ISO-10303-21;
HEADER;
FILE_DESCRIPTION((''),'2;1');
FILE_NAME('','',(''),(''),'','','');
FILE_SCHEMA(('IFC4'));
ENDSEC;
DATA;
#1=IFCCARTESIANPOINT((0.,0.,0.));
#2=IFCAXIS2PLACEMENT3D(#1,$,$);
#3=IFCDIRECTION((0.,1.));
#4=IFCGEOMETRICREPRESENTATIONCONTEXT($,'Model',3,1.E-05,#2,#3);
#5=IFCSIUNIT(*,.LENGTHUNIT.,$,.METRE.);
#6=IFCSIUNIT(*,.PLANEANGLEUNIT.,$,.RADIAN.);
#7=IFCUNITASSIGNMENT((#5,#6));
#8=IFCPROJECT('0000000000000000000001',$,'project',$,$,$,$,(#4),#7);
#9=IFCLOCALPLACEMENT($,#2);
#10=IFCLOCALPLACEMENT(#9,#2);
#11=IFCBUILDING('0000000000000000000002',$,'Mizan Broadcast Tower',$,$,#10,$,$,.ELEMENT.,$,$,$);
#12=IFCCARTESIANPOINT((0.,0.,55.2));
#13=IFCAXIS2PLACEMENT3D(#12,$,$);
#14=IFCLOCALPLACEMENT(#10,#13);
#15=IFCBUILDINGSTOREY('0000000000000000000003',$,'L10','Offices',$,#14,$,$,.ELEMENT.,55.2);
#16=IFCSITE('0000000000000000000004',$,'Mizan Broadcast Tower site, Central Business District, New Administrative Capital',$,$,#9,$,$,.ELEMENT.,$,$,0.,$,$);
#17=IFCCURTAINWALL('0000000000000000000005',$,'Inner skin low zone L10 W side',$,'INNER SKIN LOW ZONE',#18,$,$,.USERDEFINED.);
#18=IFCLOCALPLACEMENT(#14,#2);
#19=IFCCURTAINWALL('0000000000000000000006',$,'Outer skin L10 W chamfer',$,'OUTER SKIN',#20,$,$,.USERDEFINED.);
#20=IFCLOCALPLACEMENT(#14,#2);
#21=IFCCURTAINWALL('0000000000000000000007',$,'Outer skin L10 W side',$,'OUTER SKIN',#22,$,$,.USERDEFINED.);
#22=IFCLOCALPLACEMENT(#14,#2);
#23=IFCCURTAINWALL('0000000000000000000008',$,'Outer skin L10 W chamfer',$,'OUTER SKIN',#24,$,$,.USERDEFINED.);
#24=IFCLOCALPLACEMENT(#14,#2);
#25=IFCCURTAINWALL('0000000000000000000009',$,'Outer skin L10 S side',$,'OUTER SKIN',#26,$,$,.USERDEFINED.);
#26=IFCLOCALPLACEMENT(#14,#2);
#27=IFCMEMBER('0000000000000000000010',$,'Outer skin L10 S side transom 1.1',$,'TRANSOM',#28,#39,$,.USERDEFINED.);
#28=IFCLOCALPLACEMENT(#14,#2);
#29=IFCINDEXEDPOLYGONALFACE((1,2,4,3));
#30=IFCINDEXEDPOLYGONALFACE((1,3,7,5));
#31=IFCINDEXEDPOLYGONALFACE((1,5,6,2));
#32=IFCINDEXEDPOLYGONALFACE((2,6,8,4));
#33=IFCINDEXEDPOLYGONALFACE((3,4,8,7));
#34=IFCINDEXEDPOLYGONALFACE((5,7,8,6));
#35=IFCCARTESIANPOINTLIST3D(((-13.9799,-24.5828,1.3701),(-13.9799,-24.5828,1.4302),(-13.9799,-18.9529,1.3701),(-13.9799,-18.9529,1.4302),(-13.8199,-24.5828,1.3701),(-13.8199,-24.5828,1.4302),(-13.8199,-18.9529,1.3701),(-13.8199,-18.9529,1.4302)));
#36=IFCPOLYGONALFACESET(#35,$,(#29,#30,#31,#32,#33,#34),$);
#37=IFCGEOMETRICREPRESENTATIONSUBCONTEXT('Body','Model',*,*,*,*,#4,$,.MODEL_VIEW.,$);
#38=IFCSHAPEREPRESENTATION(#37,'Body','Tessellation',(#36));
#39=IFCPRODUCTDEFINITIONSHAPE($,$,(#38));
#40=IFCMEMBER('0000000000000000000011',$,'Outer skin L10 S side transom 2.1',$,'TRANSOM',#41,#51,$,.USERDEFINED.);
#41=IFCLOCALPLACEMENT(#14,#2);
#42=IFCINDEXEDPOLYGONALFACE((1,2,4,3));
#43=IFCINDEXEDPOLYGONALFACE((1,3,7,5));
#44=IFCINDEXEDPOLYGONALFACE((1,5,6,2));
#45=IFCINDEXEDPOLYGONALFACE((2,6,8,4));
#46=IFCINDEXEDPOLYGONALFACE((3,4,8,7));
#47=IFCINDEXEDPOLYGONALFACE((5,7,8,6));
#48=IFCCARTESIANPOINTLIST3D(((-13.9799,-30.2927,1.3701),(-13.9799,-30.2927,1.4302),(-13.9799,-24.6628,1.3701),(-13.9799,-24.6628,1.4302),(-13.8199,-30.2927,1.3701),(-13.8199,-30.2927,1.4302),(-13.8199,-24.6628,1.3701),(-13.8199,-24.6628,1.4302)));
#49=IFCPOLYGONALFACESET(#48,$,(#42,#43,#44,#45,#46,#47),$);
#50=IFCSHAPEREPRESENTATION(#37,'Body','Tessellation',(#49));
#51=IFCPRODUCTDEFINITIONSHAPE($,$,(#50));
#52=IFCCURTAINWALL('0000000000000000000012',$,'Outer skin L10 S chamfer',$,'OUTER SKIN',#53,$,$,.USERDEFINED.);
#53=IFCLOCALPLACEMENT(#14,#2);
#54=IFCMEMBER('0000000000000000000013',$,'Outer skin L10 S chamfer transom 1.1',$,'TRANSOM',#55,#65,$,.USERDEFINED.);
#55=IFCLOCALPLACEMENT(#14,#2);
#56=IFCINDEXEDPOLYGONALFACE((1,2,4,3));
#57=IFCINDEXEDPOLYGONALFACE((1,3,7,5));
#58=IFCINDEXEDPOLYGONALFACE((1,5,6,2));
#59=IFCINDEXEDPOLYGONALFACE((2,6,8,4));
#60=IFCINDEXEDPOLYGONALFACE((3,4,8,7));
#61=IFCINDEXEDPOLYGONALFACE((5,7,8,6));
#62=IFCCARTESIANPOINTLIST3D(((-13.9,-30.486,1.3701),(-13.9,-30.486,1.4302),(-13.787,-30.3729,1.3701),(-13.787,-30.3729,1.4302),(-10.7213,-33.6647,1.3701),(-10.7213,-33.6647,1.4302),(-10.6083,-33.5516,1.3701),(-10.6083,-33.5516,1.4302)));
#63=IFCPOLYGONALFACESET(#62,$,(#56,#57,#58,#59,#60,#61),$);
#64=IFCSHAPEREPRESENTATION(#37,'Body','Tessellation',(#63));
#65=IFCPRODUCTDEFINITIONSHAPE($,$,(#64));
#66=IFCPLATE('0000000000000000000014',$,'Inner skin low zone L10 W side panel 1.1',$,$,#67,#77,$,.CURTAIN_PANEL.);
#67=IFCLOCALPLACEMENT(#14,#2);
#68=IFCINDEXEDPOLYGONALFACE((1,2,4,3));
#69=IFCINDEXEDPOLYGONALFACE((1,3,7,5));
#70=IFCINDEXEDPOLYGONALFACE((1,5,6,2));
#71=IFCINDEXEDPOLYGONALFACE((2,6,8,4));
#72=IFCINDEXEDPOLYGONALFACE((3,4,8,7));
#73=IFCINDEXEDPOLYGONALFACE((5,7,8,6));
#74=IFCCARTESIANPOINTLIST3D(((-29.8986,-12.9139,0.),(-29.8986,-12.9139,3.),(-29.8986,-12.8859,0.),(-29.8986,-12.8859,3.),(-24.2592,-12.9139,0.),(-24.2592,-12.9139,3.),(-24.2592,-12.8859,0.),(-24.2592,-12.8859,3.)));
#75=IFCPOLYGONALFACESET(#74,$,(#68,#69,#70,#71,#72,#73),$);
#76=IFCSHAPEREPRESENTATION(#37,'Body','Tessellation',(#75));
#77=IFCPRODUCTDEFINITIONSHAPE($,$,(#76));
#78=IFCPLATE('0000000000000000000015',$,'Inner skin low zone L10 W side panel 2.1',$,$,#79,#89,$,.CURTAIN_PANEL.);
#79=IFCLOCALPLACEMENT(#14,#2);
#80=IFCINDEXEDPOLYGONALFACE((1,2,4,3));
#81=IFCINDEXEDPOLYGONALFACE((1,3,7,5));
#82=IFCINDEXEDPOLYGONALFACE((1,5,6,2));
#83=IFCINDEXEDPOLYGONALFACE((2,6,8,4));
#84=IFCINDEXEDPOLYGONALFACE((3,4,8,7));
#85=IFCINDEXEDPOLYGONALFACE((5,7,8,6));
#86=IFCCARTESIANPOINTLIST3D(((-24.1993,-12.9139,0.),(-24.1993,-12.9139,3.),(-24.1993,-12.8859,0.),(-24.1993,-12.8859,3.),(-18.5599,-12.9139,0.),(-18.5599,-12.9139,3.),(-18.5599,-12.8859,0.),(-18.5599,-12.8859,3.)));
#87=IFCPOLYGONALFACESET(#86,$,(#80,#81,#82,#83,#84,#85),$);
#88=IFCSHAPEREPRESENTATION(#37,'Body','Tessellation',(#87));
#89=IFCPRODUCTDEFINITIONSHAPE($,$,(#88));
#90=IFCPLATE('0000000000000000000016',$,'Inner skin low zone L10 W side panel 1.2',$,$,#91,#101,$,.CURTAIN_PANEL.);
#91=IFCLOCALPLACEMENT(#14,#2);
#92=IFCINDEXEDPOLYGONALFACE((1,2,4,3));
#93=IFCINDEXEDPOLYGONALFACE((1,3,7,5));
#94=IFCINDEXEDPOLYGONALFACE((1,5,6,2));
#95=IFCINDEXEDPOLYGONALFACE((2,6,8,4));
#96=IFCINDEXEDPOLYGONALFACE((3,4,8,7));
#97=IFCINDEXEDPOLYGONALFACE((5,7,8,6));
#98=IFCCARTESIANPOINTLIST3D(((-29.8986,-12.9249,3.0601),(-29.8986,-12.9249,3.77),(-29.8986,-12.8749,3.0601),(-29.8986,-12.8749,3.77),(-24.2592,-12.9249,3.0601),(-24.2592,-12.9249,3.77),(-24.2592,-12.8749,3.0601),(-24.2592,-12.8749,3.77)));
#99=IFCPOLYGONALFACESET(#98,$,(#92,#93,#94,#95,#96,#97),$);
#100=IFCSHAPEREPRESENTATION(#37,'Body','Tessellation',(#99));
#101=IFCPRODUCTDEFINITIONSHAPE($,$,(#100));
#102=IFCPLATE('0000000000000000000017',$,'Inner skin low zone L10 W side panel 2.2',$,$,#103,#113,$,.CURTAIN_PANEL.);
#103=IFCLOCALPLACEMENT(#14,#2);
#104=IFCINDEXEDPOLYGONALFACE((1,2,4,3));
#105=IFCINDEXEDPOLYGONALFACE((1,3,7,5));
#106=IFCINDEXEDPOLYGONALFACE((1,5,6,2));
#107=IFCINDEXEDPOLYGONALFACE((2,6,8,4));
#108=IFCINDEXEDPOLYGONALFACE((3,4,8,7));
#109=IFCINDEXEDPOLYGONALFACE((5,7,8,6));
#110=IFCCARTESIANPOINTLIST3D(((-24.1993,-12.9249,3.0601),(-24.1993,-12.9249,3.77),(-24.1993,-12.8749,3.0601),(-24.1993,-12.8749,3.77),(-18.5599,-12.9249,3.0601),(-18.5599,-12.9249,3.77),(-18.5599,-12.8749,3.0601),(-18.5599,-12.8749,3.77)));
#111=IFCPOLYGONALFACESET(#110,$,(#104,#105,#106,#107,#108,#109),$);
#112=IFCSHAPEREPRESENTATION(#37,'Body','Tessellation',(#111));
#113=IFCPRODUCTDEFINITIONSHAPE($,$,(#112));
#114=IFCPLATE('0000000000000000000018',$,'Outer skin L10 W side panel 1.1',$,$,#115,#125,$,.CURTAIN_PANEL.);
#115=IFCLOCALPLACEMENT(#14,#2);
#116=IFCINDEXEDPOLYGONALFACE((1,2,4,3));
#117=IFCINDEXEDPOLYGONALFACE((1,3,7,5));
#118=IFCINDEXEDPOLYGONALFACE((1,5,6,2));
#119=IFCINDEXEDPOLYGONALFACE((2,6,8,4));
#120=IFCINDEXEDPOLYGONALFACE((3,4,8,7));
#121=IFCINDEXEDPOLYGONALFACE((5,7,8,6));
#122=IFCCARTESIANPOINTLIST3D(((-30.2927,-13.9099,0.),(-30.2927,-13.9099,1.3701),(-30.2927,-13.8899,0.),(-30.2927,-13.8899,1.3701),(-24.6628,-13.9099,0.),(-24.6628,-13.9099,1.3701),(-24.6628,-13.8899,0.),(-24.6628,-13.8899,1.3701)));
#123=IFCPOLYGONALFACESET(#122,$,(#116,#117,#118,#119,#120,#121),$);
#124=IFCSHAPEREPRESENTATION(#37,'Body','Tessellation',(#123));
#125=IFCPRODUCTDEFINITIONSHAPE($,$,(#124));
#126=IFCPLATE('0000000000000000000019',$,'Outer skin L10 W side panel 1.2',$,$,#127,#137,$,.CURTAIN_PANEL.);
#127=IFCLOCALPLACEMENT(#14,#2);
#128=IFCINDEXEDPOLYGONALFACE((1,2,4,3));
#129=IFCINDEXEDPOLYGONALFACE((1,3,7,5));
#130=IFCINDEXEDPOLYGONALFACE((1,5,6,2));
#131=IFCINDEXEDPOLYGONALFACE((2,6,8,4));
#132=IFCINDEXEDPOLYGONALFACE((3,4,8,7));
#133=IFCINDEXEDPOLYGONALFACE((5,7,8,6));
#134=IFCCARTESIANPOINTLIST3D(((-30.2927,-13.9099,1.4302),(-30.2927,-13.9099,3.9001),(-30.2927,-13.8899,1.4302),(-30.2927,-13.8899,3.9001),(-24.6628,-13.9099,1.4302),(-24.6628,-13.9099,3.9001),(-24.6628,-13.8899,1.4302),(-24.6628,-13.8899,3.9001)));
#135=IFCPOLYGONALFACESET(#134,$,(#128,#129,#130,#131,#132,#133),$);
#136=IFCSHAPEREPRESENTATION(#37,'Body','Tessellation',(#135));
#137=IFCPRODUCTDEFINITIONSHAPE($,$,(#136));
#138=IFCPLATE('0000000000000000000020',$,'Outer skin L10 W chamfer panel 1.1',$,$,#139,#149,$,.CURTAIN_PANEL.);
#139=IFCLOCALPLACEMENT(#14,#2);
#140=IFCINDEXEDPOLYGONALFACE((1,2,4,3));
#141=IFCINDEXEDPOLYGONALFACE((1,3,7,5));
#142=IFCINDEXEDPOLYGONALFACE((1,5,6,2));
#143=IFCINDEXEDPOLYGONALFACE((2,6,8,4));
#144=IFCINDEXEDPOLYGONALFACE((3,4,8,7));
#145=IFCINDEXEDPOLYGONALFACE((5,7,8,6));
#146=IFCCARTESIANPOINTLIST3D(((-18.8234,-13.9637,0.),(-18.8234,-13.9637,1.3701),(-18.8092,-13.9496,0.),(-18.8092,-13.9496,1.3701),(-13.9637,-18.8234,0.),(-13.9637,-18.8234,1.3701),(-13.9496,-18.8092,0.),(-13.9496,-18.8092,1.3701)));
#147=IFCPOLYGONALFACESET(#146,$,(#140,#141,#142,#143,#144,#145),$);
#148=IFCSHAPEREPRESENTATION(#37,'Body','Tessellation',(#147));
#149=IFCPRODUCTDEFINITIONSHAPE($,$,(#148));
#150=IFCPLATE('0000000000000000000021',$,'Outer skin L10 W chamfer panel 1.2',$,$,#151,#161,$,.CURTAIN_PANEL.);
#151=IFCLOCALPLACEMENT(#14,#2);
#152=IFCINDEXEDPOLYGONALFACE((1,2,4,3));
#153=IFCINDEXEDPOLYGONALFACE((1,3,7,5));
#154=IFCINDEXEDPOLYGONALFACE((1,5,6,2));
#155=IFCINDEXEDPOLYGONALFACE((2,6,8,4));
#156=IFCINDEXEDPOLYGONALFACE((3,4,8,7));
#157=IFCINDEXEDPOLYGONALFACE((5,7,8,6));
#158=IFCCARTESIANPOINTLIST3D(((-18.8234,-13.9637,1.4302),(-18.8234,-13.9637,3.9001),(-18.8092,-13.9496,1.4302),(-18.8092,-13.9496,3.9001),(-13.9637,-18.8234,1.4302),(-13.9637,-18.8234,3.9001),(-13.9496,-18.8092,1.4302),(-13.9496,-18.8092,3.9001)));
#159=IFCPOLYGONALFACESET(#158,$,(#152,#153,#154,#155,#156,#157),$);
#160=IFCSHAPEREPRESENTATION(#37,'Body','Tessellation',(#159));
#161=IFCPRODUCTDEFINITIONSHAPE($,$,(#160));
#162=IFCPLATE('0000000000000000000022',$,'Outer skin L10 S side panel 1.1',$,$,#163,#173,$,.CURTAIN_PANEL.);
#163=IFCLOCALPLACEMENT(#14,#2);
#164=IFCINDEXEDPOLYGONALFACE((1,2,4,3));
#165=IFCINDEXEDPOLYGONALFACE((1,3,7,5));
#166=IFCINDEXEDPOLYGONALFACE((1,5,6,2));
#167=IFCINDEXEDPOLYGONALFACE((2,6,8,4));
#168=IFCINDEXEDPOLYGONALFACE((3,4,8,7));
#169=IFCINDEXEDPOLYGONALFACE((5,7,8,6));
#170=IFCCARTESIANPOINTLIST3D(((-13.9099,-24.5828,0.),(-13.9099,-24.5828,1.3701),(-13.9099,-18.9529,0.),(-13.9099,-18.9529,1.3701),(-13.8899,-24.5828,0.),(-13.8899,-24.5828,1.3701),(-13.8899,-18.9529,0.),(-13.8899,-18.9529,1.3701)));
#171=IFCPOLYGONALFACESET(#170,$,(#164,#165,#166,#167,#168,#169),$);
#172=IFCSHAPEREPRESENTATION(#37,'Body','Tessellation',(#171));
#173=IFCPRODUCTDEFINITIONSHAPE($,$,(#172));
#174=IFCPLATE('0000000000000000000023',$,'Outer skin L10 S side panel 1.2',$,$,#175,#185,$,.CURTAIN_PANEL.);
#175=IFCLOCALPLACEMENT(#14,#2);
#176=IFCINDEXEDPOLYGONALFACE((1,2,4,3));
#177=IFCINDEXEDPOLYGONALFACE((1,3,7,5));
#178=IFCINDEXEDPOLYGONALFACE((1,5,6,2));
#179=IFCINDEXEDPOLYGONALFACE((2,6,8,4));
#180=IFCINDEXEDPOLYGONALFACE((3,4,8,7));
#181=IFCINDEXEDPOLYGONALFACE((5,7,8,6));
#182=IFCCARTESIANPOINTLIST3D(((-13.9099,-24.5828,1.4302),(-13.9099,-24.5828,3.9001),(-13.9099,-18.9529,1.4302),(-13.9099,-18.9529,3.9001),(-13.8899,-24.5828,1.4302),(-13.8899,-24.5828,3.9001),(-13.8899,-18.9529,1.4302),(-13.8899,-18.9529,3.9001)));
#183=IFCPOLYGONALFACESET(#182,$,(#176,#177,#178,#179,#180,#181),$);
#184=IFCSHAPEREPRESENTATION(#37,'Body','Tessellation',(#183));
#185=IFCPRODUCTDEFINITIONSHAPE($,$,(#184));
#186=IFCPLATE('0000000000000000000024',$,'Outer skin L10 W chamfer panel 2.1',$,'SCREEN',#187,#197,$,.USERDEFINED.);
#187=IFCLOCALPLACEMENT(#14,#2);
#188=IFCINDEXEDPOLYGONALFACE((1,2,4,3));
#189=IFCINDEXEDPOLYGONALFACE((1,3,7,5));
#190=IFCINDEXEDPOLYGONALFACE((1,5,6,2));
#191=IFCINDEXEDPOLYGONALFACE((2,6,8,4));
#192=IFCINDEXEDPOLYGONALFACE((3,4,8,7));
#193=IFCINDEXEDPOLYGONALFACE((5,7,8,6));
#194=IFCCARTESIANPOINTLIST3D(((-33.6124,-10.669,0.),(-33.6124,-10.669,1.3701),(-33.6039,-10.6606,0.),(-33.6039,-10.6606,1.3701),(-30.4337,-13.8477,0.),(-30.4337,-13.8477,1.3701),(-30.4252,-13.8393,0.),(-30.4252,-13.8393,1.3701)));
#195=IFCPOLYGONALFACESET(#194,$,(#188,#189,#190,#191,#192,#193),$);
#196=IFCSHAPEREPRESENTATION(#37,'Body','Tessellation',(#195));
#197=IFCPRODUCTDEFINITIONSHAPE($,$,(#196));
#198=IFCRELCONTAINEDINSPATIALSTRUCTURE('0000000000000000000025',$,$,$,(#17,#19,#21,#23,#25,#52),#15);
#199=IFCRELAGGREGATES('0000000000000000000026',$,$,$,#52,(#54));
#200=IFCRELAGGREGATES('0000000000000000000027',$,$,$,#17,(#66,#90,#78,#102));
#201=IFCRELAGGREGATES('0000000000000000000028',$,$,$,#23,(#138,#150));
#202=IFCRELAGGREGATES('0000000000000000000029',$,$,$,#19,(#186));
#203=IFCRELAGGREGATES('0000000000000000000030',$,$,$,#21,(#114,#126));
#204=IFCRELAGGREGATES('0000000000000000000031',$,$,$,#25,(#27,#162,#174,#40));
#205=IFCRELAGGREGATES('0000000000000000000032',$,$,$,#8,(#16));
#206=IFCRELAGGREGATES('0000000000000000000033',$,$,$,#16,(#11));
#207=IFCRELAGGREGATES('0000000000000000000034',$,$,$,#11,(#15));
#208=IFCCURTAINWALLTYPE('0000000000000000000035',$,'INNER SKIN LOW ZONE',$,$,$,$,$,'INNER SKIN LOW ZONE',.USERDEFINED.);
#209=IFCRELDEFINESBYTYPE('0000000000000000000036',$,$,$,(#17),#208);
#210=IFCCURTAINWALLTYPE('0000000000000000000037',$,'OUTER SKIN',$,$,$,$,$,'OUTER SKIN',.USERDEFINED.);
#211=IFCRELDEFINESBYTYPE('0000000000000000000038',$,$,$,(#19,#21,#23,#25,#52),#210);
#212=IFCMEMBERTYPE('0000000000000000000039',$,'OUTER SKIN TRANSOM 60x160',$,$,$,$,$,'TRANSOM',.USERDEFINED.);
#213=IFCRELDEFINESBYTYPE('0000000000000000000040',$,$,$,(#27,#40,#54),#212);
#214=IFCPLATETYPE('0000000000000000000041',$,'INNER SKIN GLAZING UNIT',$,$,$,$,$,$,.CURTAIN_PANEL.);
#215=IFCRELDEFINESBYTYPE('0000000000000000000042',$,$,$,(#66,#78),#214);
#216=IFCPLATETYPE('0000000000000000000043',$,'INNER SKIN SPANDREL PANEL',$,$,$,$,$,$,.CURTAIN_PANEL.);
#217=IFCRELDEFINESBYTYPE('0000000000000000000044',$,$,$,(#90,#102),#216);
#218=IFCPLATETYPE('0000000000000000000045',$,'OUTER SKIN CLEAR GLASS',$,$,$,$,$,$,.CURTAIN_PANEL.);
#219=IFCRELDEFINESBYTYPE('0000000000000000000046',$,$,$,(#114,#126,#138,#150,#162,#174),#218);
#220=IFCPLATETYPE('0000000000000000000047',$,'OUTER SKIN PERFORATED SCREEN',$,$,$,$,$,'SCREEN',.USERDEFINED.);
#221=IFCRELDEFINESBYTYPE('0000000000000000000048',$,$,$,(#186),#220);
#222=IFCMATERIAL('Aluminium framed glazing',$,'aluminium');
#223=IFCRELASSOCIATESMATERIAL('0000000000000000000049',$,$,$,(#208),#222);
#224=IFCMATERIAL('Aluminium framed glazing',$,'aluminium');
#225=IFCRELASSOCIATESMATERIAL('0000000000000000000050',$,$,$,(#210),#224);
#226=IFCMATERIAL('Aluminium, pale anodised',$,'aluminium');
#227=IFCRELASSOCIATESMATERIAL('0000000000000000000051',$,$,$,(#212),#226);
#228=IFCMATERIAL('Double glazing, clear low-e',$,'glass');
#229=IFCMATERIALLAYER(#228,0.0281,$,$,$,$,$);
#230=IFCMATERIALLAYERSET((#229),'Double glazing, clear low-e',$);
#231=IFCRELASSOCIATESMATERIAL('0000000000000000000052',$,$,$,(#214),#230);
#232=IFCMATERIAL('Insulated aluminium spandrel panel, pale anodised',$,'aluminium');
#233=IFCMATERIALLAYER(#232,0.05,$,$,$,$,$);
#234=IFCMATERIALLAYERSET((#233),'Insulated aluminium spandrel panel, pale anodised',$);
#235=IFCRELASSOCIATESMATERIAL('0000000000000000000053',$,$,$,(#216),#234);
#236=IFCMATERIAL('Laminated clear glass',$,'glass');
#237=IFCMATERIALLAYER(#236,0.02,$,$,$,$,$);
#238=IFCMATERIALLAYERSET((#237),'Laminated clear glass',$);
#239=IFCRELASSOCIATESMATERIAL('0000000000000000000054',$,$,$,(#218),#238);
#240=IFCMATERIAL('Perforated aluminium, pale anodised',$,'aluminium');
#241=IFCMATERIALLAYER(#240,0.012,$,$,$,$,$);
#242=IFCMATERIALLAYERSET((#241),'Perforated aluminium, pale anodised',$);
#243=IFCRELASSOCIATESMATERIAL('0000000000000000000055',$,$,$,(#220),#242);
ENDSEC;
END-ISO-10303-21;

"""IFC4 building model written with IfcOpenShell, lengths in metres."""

from ifc_helpers import new_model, si_unit, direction, frame, origin, origin_2d, place, context, subcontext, project, spatial, rectangle, extrude, material, layer, layer_set, material_profile, profile_set, type_object, element, aggregate, save


model = new_model("IFC4")

# Units and contexts
model_context = context("Model", 3, precision=1e-05, world=origin(), true_north=direction((0.0, 1.0)))
body_context = subcontext(model_context, "Body", "Model", "MODEL_VIEW")
ifc_project = project(units=[si_unit("LENGTHUNIT", "METRE"), si_unit("PLANEANGLEUNIT", "RADIAN")], contexts=[model_context])

# Site, building, storey
site_placement = place(None, origin())
site = spatial("IfcSite", under=ifc_project, at=site_placement, Name="Mizan Broadcast Tower site, Central Business District, New Administrative Capital", CompositionType="ELEMENT", RefElevation=0.0)
building_placement = place(site_placement, origin())
building = spatial("IfcBuilding", under=site, at=building_placement, Name="Mizan Broadcast Tower", CompositionType="ELEMENT")
storey_placement = place(building_placement, frame((0.0, 0.0, 55.2)))
storey = spatial("IfcBuildingStorey", under=building, at=storey_placement, Name="L10", Description="Offices", CompositionType="ELEMENT", Elevation=55.2)

# Shared definitions
ifc_material_1 = material(Name="Aluminium framed glazing", Category="aluminium")
curtain_wall_type_1 = type_object("IfcCurtainWallType", Name="INNER SKIN LOW ZONE", ElementType="INNER SKIN LOW ZONE", PredefinedType="USERDEFINED", material=ifc_material_1)

# Curtain wall
curtain_wall_1_placement = place(storey_placement, origin())
curtain_wall_1 = element("IfcCurtainWall", 1, at=curtain_wall_1_placement, inside=storey, type_object=curtain_wall_type_1, Name="Inner skin low zone L10 W side", ObjectType="INNER SKIN LOW ZONE", PredefinedType="USERDEFINED")

# Curtain wall
ifc_material_2 = material(Name="Aluminium framed glazing", Category="aluminium")
curtain_wall_type_2 = type_object("IfcCurtainWallType", Name="OUTER SKIN", ElementType="OUTER SKIN", PredefinedType="USERDEFINED", material=ifc_material_2)
curtain_wall_2_placement = place(storey_placement, origin())
curtain_wall_2 = element("IfcCurtainWall", 2, at=curtain_wall_2_placement, inside=storey, type_object=curtain_wall_type_2, Name="Outer skin L10 W chamfer", ObjectType="OUTER SKIN", PredefinedType="USERDEFINED")

# Curtain wall
curtain_wall_3_placement = place(storey_placement, origin())
curtain_wall_3 = element("IfcCurtainWall", 3, at=curtain_wall_3_placement, inside=storey, type_object=curtain_wall_type_2, Name="Outer skin L10 W side", ObjectType="OUTER SKIN", PredefinedType="USERDEFINED")

# Curtain wall
curtain_wall_4_placement = place(storey_placement, origin())
curtain_wall_4 = element("IfcCurtainWall", 4, at=curtain_wall_4_placement, inside=storey, type_object=curtain_wall_type_2, Name="Outer skin L10 W chamfer", ObjectType="OUTER SKIN", PredefinedType="USERDEFINED")

# Curtain wall
curtain_wall_5_placement = place(storey_placement, origin())
curtain_wall_5 = element("IfcCurtainWall", 5, at=curtain_wall_5_placement, inside=storey, type_object=curtain_wall_type_2, Name="Outer skin L10 S side", ObjectType="OUTER SKIN", PredefinedType="USERDEFINED")

# Members
ifc_material_3 = material(Name="Aluminium, pale anodised", Category="aluminium")
ifc_material_profile_1 = material_profile(ifc_material_3, rectangle(XDim=0.1599, YDim=0.0601, at=origin_2d()), Name="TRANSOM 160x60")
ifc_profile_set_1 = profile_set([ifc_material_profile_1], Name="Aluminium, pale anodised")
member_type_1 = type_object("IfcMemberType", Name="OUTER SKIN TRANSOM 60x160", ElementType="TRANSOM", PredefinedType="USERDEFINED", material=ifc_profile_set_1)
member_1_placement = place(storey_placement, frame((-13.8999, -18.9529, 1.4001), z_axis=(0.0, -1.0, 0.0), x_axis=(1.0, 0.0, 0.0)))
member_1 = element("IfcMember", 6, at=member_1_placement, type_object=member_type_1, Name="Outer skin L10 S side transom 1.1", ObjectType="TRANSOM", PredefinedType="USERDEFINED", context=body_context, shape_type="SweptSolid", body=[
    extrude(rectangle(XDim=0.1599, YDim=0.0601, at=origin_2d()), origin(), (0.0, 0.0, 1.0), 5.6299),
])
member_2_placement = place(storey_placement, frame((-13.8999, -24.6628, 1.4001), z_axis=(0.0, -1.0, 0.0), x_axis=(1.0, 0.0, 0.0)))
member_2 = element("IfcMember", 7, at=member_2_placement, type_object=member_type_1, Name="Outer skin L10 S side transom 2.1", ObjectType="TRANSOM", PredefinedType="USERDEFINED", context=body_context, shape_type="SweptSolid", body=[
    extrude(rectangle(XDim=0.1599, YDim=0.0601, at=origin_2d()), origin(), (0.0, 0.0, 1.0), 5.6299),
])

# Curtain wall, member
curtain_wall_6_placement = place(storey_placement, origin())
curtain_wall_6 = element("IfcCurtainWall", 8, at=curtain_wall_6_placement, inside=storey, type_object=curtain_wall_type_2, Name="Outer skin L10 S chamfer", ObjectType="OUTER SKIN", PredefinedType="USERDEFINED")
member_3_placement = place(storey_placement, frame((-13.8435, -30.4294, 1.4001), z_axis=(0.707107, -0.707107, 0.0), x_axis=(0.707107, 0.707107, 0.0)))
member_3 = element("IfcMember", 9, at=member_3_placement, type_object=member_type_1, Name="Outer skin L10 S chamfer transom 1.1", ObjectType="TRANSOM", PredefinedType="USERDEFINED", context=body_context, shape_type="SweptSolid", body=[
    extrude(rectangle(XDim=0.1599, YDim=0.0601, at=origin_2d()), origin(), (0.0, 0.0, 1.0), 4.4954),
])
aggregate(curtain_wall_6, [member_3])

# Plates
ifc_material_4 = material(Name="Double glazing, clear low-e", Category="glass")
ifc_layer_1 = layer(ifc_material_4, 0.0281)
ifc_layer_set_1 = layer_set([ifc_layer_1], Name="Double glazing, clear low-e")
plate_type_1 = type_object("IfcPlateType", Name="INNER SKIN GLAZING UNIT", PredefinedType="CURTAIN_PANEL", material=ifc_layer_set_1)
plate_1_placement = place(storey_placement, frame((-27.0789, -12.8999, 0.0), z_axis=(0.0, 0.0, 1.0), x_axis=(1.0, 0.0, 0.0)))
plate_1 = element("IfcPlate", 10, at=plate_1_placement, type_object=plate_type_1, Name="Inner skin low zone L10 W side panel 1.1", PredefinedType="CURTAIN_PANEL", context=body_context, shape_type="SweptSolid", body=[
    extrude(rectangle(XDim=5.6394, YDim=0.0281, at=origin_2d()), origin(), (0.0, 0.0, 1.0), 3.0),
])
plate_2_placement = place(storey_placement, frame((-21.3796, -12.8999, 0.0), z_axis=(0.0, 0.0, 1.0), x_axis=(1.0, 0.0, 0.0)))
plate_2 = element("IfcPlate", 11, at=plate_2_placement, type_object=plate_type_1, Name="Inner skin low zone L10 W side panel 2.1", PredefinedType="CURTAIN_PANEL", context=body_context, shape_type="SweptSolid", body=[
    extrude(rectangle(XDim=5.6394, YDim=0.0281, at=origin_2d()), origin(), (0.0, 0.0, 1.0), 3.0),
])
ifc_material_5 = material(Name="Insulated aluminium spandrel panel, pale anodised", Category="aluminium")
ifc_layer_2 = layer(ifc_material_5, 0.05)
ifc_layer_set_2 = layer_set([ifc_layer_2], Name="Insulated aluminium spandrel panel, pale anodised")
plate_type_2 = type_object("IfcPlateType", Name="INNER SKIN SPANDREL PANEL", PredefinedType="CURTAIN_PANEL", material=ifc_layer_set_2)
plate_3_placement = place(storey_placement, frame((-27.0789, -12.8999, 3.0601), z_axis=(0.0, 0.0, 1.0), x_axis=(1.0, 0.0, 0.0)))
plate_3 = element("IfcPlate", 12, at=plate_3_placement, type_object=plate_type_2, Name="Inner skin low zone L10 W side panel 1.2", PredefinedType="CURTAIN_PANEL", context=body_context, shape_type="SweptSolid", body=[
    extrude(rectangle(XDim=5.6394, YDim=0.05, at=origin_2d()), origin(), (0.0, 0.0, 1.0), 0.71),
])
plate_4_placement = place(storey_placement, frame((-21.3796, -12.8999, 3.0601), z_axis=(0.0, 0.0, 1.0), x_axis=(1.0, 0.0, 0.0)))
plate_4 = element("IfcPlate", 13, at=plate_4_placement, type_object=plate_type_2, Name="Inner skin low zone L10 W side panel 2.2", PredefinedType="CURTAIN_PANEL", context=body_context, shape_type="SweptSolid", body=[
    extrude(rectangle(XDim=5.6394, YDim=0.05, at=origin_2d()), origin(), (0.0, 0.0, 1.0), 0.71),
])
aggregate(curtain_wall_1, [plate_1, plate_3, plate_2, plate_4])
ifc_material_6 = material(Name="Laminated clear glass", Category="glass")
ifc_layer_3 = layer(ifc_material_6, 0.02)
ifc_layer_set_3 = layer_set([ifc_layer_3], Name="Laminated clear glass")
plate_type_3 = type_object("IfcPlateType", Name="OUTER SKIN CLEAR GLASS", PredefinedType="CURTAIN_PANEL", material=ifc_layer_set_3)
plate_5_placement = place(storey_placement, frame((-27.4778, -13.8999, 0.0), z_axis=(0.0, 0.0, 1.0), x_axis=(1.0, 0.0, 0.0)))
plate_5 = element("IfcPlate", 14, at=plate_5_placement, type_object=plate_type_3, Name="Outer skin L10 W side panel 1.1", PredefinedType="CURTAIN_PANEL", context=body_context, shape_type="SweptSolid", body=[
    extrude(rectangle(XDim=5.6299, YDim=0.02, at=origin_2d()), origin(), (0.0, 0.0, 1.0), 1.3701),
])
plate_6_placement = place(storey_placement, frame((-27.4778, -13.8999, 1.4302), z_axis=(0.0, 0.0, 1.0), x_axis=(1.0, 0.0, 0.0)))
plate_6 = element("IfcPlate", 15, at=plate_6_placement, type_object=plate_type_3, Name="Outer skin L10 W side panel 1.2", PredefinedType="CURTAIN_PANEL", context=body_context, shape_type="SweptSolid", body=[
    extrude(rectangle(XDim=5.6299, YDim=0.02, at=origin_2d()), origin(), (0.0, 0.0, 1.0), 2.47),
])
plate_7_placement = place(storey_placement, frame((-16.3865, -16.3865, 0.0), z_axis=(0.0, 0.0, 1.0), x_axis=(0.707107, -0.707107, 0.0)))
plate_7 = element("IfcPlate", 16, at=plate_7_placement, type_object=plate_type_3, Name="Outer skin L10 W chamfer panel 1.1", PredefinedType="CURTAIN_PANEL", context=body_context, shape_type="SweptSolid", body=[
    extrude(rectangle(XDim=6.8726, YDim=0.02, at=origin_2d()), origin(), (0.0, 0.0, 1.0), 1.3701),
])
plate_8_placement = place(storey_placement, frame((-16.3865, -16.3865, 1.4302), z_axis=(0.0, 0.0, 1.0), x_axis=(0.707107, -0.707107, 0.0)))
plate_8 = element("IfcPlate", 17, at=plate_8_placement, type_object=plate_type_3, Name="Outer skin L10 W chamfer panel 1.2", PredefinedType="CURTAIN_PANEL", context=body_context, shape_type="SweptSolid", body=[
    extrude(rectangle(XDim=6.8726, YDim=0.02, at=origin_2d()), origin(), (0.0, 0.0, 1.0), 2.47),
])
aggregate(curtain_wall_4, [plate_7, plate_8])
plate_9_placement = place(storey_placement, frame((-13.8999, -21.7678, 0.0), z_axis=(0.0, 0.0, 1.0), x_axis=(0.0, -1.0, 0.0)))
plate_9 = element("IfcPlate", 18, at=plate_9_placement, type_object=plate_type_3, Name="Outer skin L10 S side panel 1.1", PredefinedType="CURTAIN_PANEL", context=body_context, shape_type="SweptSolid", body=[
    extrude(rectangle(XDim=5.6299, YDim=0.02, at=origin_2d()), origin(), (0.0, 0.0, 1.0), 1.3701),
])
plate_10_placement = place(storey_placement, frame((-13.8999, -21.7678, 1.4302), z_axis=(0.0, 0.0, 1.0), x_axis=(0.0, -1.0, 0.0)))
plate_10 = element("IfcPlate", 19, at=plate_10_placement, type_object=plate_type_3, Name="Outer skin L10 S side panel 1.2", PredefinedType="CURTAIN_PANEL", context=body_context, shape_type="SweptSolid", body=[
    extrude(rectangle(XDim=5.6299, YDim=0.02, at=origin_2d()), origin(), (0.0, 0.0, 1.0), 2.47),
])
ifc_material_7 = material(Name="Perforated aluminium, pale anodised", Category="aluminium")
ifc_layer_4 = layer(ifc_material_7, 0.012)
ifc_layer_set_4 = layer_set([ifc_layer_4], Name="Perforated aluminium, pale anodised")
plate_type_4 = type_object("IfcPlateType", Name="OUTER SKIN PERFORATED SCREEN", ElementType="SCREEN", PredefinedType="USERDEFINED", material=ifc_layer_set_4)
plate_11_placement = place(storey_placement, frame((-32.0188, -12.2542, 0.0), z_axis=(0.0, 0.0, 1.0), x_axis=(0.707107, -0.707107, 0.0)))
plate_11 = element("IfcPlate", 20, at=plate_11_placement, type_object=plate_type_4, Name="Outer skin L10 W chamfer panel 2.1", ObjectType="SCREEN", PredefinedType="USERDEFINED", context=body_context, shape_type="SweptSolid", body=[
    extrude(rectangle(XDim=4.4954, YDim=0.012, at=origin_2d()), origin(), (0.0, 0.0, 1.0), 1.3701),
])
aggregate(curtain_wall_2, [plate_11])
aggregate(curtain_wall_3, [plate_5, plate_6])
aggregate(curtain_wall_5, [member_1, plate_9, plate_10, member_2])

save(model, "model.ifc")
